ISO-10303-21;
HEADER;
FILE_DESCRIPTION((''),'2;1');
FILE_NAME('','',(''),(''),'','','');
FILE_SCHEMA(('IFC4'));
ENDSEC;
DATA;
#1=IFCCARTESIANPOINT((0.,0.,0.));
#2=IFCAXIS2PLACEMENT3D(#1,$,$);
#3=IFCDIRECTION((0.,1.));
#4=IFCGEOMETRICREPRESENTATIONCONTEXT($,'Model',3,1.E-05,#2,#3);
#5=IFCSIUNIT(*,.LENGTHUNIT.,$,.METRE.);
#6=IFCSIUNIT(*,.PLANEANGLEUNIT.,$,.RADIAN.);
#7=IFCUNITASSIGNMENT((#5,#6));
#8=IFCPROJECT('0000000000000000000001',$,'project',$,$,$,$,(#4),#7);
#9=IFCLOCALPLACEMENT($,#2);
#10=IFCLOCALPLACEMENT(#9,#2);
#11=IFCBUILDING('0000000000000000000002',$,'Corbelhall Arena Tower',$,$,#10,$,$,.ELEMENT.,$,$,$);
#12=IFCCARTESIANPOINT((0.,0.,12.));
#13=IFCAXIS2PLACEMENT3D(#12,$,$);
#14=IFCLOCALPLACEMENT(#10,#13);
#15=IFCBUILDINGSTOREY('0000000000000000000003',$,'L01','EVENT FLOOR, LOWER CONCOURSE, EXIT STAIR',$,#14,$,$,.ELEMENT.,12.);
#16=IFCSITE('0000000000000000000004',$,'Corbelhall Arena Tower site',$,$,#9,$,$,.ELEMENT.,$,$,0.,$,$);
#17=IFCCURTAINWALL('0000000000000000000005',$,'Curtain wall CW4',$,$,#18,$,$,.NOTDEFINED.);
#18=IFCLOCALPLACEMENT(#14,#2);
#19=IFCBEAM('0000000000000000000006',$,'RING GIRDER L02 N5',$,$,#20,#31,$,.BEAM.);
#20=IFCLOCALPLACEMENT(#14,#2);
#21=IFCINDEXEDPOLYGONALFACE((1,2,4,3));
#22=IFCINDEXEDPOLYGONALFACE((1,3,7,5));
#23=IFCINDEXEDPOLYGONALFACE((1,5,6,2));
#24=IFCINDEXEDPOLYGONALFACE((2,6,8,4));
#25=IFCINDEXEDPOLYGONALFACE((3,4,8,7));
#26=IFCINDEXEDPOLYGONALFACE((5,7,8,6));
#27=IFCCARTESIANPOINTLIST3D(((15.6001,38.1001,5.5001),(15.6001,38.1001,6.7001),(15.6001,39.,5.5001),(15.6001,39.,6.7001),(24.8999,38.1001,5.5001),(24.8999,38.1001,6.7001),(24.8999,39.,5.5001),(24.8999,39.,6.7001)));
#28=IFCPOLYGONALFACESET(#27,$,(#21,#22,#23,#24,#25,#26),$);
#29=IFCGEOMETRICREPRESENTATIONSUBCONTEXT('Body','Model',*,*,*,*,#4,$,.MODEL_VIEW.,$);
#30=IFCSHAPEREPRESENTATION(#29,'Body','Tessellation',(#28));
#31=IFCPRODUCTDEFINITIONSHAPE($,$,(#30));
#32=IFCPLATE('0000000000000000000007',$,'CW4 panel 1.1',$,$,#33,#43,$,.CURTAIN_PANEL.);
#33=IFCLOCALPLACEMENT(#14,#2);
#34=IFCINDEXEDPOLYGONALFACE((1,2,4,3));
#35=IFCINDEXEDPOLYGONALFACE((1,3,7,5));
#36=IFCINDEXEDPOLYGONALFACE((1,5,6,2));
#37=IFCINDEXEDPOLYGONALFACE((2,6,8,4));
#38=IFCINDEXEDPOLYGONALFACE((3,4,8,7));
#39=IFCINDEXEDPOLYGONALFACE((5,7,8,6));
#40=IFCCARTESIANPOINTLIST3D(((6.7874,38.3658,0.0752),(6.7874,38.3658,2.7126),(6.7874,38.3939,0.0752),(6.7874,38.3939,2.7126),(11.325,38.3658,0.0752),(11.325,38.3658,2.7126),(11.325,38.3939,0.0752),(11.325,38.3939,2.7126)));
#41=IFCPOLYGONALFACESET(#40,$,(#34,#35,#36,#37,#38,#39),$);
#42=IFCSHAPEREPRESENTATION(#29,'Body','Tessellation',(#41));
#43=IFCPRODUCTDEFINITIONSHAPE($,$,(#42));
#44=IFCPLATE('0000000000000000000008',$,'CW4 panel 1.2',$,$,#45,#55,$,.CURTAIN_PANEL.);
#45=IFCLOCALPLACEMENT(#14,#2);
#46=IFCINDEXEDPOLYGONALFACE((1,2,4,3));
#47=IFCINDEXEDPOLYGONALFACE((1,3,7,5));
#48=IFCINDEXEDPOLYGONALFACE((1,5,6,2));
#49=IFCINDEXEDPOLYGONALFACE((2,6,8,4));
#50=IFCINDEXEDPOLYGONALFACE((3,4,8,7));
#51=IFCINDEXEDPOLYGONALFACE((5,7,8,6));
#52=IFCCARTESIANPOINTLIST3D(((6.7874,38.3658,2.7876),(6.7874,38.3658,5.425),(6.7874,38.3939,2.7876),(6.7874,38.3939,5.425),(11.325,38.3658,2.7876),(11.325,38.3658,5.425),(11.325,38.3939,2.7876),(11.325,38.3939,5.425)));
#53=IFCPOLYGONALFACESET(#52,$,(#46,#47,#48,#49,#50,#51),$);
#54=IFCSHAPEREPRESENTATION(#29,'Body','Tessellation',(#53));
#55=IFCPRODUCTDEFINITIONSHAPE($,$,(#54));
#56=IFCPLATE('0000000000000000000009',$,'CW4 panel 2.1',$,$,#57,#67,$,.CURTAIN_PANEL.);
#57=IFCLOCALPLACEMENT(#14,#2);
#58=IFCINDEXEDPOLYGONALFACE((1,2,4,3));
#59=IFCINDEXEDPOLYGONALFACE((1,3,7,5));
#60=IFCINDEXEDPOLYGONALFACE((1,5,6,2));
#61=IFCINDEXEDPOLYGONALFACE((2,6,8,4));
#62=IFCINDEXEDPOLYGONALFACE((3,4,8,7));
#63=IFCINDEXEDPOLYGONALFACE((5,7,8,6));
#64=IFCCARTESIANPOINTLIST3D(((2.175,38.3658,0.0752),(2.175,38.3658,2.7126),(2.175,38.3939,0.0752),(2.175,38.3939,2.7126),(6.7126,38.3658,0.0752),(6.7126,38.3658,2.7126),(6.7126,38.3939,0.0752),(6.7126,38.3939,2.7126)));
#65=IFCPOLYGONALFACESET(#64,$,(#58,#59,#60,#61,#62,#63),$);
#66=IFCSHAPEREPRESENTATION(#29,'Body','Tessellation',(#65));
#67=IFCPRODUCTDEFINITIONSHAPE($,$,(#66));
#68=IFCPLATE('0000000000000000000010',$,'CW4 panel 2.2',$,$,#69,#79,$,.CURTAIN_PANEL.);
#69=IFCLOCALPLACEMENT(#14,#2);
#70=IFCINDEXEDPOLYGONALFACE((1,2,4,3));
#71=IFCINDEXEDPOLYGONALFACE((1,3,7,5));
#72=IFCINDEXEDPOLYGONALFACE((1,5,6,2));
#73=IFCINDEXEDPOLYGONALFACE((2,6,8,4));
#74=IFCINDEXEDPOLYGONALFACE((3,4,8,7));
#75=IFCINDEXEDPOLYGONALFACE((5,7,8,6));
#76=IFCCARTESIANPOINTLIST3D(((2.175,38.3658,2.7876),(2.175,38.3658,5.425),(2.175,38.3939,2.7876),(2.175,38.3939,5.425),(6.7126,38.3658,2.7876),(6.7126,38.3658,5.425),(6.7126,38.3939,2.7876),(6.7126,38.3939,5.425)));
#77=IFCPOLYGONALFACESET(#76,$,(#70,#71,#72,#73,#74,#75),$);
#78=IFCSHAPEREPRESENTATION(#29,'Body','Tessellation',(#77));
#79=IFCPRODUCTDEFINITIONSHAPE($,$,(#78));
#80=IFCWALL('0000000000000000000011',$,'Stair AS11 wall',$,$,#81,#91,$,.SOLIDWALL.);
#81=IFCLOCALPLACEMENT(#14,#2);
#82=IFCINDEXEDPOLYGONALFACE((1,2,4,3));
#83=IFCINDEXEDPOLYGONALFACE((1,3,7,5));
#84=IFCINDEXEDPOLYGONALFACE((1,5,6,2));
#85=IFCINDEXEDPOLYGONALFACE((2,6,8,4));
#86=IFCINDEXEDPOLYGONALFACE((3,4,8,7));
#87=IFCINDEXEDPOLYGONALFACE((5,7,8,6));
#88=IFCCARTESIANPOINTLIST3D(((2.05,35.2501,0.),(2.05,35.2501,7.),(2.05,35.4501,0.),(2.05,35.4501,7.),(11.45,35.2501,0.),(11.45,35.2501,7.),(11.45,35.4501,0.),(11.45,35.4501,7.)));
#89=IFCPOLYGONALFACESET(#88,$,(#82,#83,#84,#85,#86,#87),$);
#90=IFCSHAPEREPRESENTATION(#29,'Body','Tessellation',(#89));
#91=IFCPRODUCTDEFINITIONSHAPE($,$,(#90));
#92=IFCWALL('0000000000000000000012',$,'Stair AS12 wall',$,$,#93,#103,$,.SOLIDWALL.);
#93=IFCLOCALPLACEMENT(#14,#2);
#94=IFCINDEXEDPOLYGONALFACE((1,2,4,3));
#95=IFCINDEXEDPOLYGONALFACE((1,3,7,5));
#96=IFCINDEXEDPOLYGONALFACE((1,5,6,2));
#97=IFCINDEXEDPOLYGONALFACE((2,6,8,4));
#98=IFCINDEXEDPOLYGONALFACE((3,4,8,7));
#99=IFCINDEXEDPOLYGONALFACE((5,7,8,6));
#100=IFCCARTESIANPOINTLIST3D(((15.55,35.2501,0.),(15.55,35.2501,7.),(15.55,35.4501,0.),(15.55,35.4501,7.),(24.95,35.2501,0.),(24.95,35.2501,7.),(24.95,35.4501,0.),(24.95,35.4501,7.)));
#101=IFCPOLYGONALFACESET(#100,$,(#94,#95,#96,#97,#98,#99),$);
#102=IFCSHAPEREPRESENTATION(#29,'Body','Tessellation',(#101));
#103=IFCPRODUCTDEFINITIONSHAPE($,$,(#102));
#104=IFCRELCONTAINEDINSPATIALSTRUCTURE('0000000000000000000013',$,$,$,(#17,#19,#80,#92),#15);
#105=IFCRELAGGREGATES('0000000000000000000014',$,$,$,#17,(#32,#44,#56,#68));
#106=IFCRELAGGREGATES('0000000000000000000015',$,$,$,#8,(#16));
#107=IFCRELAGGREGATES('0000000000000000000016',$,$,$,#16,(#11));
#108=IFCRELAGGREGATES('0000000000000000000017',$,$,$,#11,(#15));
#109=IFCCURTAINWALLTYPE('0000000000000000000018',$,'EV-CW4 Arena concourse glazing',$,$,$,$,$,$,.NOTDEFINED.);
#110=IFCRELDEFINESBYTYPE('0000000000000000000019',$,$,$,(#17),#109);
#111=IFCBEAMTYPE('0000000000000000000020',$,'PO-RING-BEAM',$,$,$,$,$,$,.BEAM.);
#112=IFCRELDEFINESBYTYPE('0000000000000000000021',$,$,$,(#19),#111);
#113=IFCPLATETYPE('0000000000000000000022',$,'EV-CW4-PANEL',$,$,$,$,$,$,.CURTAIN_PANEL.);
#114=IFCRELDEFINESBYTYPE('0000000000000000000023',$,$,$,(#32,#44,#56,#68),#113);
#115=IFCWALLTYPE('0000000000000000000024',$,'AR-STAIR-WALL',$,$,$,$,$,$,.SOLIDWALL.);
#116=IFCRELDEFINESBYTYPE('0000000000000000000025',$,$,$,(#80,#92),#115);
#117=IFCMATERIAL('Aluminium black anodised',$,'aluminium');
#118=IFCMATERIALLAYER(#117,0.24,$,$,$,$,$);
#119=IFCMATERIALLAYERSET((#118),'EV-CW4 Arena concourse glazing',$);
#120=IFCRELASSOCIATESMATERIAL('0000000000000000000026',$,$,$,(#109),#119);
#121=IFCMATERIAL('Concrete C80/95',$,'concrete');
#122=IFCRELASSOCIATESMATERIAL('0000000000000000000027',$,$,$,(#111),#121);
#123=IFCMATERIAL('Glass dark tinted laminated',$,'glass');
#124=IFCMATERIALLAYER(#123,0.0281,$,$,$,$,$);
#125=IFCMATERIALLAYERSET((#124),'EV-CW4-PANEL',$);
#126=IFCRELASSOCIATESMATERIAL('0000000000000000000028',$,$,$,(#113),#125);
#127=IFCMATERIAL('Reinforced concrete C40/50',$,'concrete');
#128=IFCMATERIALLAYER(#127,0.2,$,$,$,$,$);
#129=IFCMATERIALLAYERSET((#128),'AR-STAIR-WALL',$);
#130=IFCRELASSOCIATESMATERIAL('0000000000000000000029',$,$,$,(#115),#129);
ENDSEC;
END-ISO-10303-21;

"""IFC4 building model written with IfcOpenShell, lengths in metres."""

from ifc_helpers import new_model, si_unit, direction, frame, frame_2d, origin, origin_2d, place, context, subcontext, project, spatial, rectangle, extrude, material, layer, layer_set, material_profile, profile_set, type_object, element, aggregate, save


model = new_model("IFC4")

# Units and contexts
model_context = context("Model", 3, precision=1e-05, world=origin(), true_north=direction((0.0, 1.0)))
body_context = subcontext(model_context, "Body", "Model", "MODEL_VIEW")
ifc_project = project(units=[si_unit("LENGTHUNIT", "METRE"), si_unit("PLANEANGLEUNIT", "RADIAN")], contexts=[model_context])

# Site, building, storey
site_placement = place(None, origin())
site = spatial("IfcSite", under=ifc_project, at=site_placement, Name="Corbelhall Arena Tower site", CompositionType="ELEMENT", RefElevation=0.0)
building_placement = place(site_placement, origin())
building = spatial("IfcBuilding", under=site, at=building_placement, Name="Corbelhall Arena Tower", CompositionType="ELEMENT")
storey_placement = place(building_placement, frame((0.0, 0.0, 12.0)))
storey = spatial("IfcBuildingStorey", under=building, at=storey_placement, Name="L01", Description="EVENT FLOOR, LOWER CONCOURSE, EXIT STAIR", CompositionType="ELEMENT", Elevation=12.0)

# Shared definitions
ifc_material_1 = material(Name="Concrete C80/95", Category="concrete")

# Shared definitions
ifc_material_2 = material(Name="Aluminium black anodised", Category="aluminium")
ifc_layer_1 = layer(ifc_material_2, 0.24)
ifc_layer_set_1 = layer_set([ifc_layer_1], Name="EV-CW4 Arena concourse glazing")
curtain_wall_type = type_object("IfcCurtainWallType", Name="EV-CW4 Arena concourse glazing", PredefinedType="NOTDEFINED", material=ifc_layer_set_1)

# Curtain wall
curtain_wall_1_placement = place(storey_placement, origin())
curtain_wall_1 = element("IfcCurtainWall", 1, at=curtain_wall_1_placement, inside=storey, type_object=curtain_wall_type, Name="Curtain wall CW4", PredefinedType="NOTDEFINED")

# Beam
ifc_material_profile_1 = material_profile(ifc_material_1, rectangle(XDim=0.8999, YDim=1.2, at=origin_2d()))
ifc_profile_set_1 = profile_set([ifc_material_profile_1], Name="Concrete C80/95")
beam_type_1 = type_object("IfcBeamType", Name="PO-RING-BEAM", PredefinedType="BEAM", material=ifc_profile_set_1)
for number, where, z_axis, x_axis, name in (
    (2, (15.6001, 38.55, 6.1001), (1.0, 0.0, 0.0), (0.0, 1.0, 0.0), "RING GIRDER L02 N5"),
):
    element("IfcBeam", number, at=place(storey_placement, frame(where, z_axis=z_axis, x_axis=x_axis)), inside=storey, type_object=beam_type_1, Name=name, PredefinedType="BEAM", context=body_context, shape_type="SweptSolid", body=[
        extrude(rectangle(XDim=0.8999, YDim=1.2, at=origin_2d()), origin(), (0.0, 0.0, 1.0), 9.2998),
    ])

# Plates
ifc_material_3 = material(Name="Glass dark tinted laminated", Category="glass")
ifc_layer_2 = layer(ifc_material_3, 0.0281)
ifc_layer_set_2 = layer_set([ifc_layer_2], Name="EV-CW4-PANEL")
plate_type = type_object("IfcPlateType", Name="EV-CW4-PANEL", PredefinedType="CURTAIN_PANEL", material=ifc_layer_set_2)
plate_1_placement = place(storey_placement, frame((9.0562, 38.3799, 0.0752), z_axis=(0.0, 0.0, 1.0), x_axis=(-1.0, 0.0, 0.0)))
plate_1 = element("IfcPlate", 3, at=plate_1_placement, type_object=plate_type, Name="CW4 panel 1.1", PredefinedType="CURTAIN_PANEL", context=body_context, shape_type="SweptSolid", body=[
    extrude(rectangle(XDim=4.5376, YDim=0.0281, at=origin_2d()), origin(), (0.0, 0.0, 1.0), 2.6375),
])
plate_2_placement = place(storey_placement, frame((9.0562, 38.3799, 2.7876), z_axis=(0.0, 0.0, 1.0), x_axis=(-1.0, 0.0, 0.0)))
plate_2 = element("IfcPlate", 4, at=plate_2_placement, type_object=plate_type, Name="CW4 panel 1.2", PredefinedType="CURTAIN_PANEL", context=body_context, shape_type="SweptSolid", body=[
    extrude(rectangle(XDim=4.5376, YDim=0.0281, at=origin_2d()), origin(), (0.0, 0.0, 1.0), 2.6375),
])
plate_3_placement = place(storey_placement, frame((4.4438, 38.3799, 0.0752), z_axis=(0.0, 0.0, 1.0), x_axis=(-1.0, 0.0, 0.0)))
plate_3 = element("IfcPlate", 5, at=plate_3_placement, type_object=plate_type, Name="CW4 panel 2.1", PredefinedType="CURTAIN_PANEL", context=body_context, shape_type="SweptSolid", body=[
    extrude(rectangle(XDim=4.5376, YDim=0.0281, at=origin_2d()), origin(), (0.0, 0.0, 1.0), 2.6375),
])
plate_4_placement = place(storey_placement, frame((4.4438, 38.3799, 2.7876), z_axis=(0.0, 0.0, 1.0), x_axis=(-1.0, 0.0, 0.0)))
plate_4 = element("IfcPlate", 6, at=plate_4_placement, type_object=plate_type, Name="CW4 panel 2.2", PredefinedType="CURTAIN_PANEL", context=body_context, shape_type="SweptSolid", body=[
    extrude(rectangle(XDim=4.5376, YDim=0.0281, at=origin_2d()), origin(), (0.0, 0.0, 1.0), 2.6375),
])
aggregate(curtain_wall_1, [plate_1, plate_2, plate_3, plate_4])

# Walls
ifc_material_4 = material(Name="Reinforced concrete C40/50", Category="concrete")
ifc_layer_3 = layer(ifc_material_4, 0.2)
ifc_layer_set_3 = layer_set([ifc_layer_3], Name="AR-STAIR-WALL")
wall_type = type_object("IfcWallType", Name="AR-STAIR-WALL", PredefinedType="SOLIDWALL", material=ifc_layer_set_3)
for number, where, z_axis, x_axis, name in (
    (7, (2.05, 35.3501, 0.0), (0.0, 0.0, 1.0), (1.0, 0.0, 0.0), "Stair AS11 wall"),
    (8, (15.55, 35.3501, 0.0), (0.0, 0.0, 1.0), (1.0, 0.0, 0.0), "Stair AS12 wall"),
):
    element("IfcWall", number, at=place(storey_placement, frame(where, z_axis=z_axis, x_axis=x_axis)), inside=storey, type_object=wall_type, Name=name, PredefinedType="SOLIDWALL", context=body_context, shape_type="SweptSolid", body=[
        extrude(rectangle(XDim=9.3999, YDim=0.2, at=frame_2d((4.7, 0.0))), origin(), (0.0, 0.0, 1.0), 7.0),
    ])

save(model, "model.ifc")
